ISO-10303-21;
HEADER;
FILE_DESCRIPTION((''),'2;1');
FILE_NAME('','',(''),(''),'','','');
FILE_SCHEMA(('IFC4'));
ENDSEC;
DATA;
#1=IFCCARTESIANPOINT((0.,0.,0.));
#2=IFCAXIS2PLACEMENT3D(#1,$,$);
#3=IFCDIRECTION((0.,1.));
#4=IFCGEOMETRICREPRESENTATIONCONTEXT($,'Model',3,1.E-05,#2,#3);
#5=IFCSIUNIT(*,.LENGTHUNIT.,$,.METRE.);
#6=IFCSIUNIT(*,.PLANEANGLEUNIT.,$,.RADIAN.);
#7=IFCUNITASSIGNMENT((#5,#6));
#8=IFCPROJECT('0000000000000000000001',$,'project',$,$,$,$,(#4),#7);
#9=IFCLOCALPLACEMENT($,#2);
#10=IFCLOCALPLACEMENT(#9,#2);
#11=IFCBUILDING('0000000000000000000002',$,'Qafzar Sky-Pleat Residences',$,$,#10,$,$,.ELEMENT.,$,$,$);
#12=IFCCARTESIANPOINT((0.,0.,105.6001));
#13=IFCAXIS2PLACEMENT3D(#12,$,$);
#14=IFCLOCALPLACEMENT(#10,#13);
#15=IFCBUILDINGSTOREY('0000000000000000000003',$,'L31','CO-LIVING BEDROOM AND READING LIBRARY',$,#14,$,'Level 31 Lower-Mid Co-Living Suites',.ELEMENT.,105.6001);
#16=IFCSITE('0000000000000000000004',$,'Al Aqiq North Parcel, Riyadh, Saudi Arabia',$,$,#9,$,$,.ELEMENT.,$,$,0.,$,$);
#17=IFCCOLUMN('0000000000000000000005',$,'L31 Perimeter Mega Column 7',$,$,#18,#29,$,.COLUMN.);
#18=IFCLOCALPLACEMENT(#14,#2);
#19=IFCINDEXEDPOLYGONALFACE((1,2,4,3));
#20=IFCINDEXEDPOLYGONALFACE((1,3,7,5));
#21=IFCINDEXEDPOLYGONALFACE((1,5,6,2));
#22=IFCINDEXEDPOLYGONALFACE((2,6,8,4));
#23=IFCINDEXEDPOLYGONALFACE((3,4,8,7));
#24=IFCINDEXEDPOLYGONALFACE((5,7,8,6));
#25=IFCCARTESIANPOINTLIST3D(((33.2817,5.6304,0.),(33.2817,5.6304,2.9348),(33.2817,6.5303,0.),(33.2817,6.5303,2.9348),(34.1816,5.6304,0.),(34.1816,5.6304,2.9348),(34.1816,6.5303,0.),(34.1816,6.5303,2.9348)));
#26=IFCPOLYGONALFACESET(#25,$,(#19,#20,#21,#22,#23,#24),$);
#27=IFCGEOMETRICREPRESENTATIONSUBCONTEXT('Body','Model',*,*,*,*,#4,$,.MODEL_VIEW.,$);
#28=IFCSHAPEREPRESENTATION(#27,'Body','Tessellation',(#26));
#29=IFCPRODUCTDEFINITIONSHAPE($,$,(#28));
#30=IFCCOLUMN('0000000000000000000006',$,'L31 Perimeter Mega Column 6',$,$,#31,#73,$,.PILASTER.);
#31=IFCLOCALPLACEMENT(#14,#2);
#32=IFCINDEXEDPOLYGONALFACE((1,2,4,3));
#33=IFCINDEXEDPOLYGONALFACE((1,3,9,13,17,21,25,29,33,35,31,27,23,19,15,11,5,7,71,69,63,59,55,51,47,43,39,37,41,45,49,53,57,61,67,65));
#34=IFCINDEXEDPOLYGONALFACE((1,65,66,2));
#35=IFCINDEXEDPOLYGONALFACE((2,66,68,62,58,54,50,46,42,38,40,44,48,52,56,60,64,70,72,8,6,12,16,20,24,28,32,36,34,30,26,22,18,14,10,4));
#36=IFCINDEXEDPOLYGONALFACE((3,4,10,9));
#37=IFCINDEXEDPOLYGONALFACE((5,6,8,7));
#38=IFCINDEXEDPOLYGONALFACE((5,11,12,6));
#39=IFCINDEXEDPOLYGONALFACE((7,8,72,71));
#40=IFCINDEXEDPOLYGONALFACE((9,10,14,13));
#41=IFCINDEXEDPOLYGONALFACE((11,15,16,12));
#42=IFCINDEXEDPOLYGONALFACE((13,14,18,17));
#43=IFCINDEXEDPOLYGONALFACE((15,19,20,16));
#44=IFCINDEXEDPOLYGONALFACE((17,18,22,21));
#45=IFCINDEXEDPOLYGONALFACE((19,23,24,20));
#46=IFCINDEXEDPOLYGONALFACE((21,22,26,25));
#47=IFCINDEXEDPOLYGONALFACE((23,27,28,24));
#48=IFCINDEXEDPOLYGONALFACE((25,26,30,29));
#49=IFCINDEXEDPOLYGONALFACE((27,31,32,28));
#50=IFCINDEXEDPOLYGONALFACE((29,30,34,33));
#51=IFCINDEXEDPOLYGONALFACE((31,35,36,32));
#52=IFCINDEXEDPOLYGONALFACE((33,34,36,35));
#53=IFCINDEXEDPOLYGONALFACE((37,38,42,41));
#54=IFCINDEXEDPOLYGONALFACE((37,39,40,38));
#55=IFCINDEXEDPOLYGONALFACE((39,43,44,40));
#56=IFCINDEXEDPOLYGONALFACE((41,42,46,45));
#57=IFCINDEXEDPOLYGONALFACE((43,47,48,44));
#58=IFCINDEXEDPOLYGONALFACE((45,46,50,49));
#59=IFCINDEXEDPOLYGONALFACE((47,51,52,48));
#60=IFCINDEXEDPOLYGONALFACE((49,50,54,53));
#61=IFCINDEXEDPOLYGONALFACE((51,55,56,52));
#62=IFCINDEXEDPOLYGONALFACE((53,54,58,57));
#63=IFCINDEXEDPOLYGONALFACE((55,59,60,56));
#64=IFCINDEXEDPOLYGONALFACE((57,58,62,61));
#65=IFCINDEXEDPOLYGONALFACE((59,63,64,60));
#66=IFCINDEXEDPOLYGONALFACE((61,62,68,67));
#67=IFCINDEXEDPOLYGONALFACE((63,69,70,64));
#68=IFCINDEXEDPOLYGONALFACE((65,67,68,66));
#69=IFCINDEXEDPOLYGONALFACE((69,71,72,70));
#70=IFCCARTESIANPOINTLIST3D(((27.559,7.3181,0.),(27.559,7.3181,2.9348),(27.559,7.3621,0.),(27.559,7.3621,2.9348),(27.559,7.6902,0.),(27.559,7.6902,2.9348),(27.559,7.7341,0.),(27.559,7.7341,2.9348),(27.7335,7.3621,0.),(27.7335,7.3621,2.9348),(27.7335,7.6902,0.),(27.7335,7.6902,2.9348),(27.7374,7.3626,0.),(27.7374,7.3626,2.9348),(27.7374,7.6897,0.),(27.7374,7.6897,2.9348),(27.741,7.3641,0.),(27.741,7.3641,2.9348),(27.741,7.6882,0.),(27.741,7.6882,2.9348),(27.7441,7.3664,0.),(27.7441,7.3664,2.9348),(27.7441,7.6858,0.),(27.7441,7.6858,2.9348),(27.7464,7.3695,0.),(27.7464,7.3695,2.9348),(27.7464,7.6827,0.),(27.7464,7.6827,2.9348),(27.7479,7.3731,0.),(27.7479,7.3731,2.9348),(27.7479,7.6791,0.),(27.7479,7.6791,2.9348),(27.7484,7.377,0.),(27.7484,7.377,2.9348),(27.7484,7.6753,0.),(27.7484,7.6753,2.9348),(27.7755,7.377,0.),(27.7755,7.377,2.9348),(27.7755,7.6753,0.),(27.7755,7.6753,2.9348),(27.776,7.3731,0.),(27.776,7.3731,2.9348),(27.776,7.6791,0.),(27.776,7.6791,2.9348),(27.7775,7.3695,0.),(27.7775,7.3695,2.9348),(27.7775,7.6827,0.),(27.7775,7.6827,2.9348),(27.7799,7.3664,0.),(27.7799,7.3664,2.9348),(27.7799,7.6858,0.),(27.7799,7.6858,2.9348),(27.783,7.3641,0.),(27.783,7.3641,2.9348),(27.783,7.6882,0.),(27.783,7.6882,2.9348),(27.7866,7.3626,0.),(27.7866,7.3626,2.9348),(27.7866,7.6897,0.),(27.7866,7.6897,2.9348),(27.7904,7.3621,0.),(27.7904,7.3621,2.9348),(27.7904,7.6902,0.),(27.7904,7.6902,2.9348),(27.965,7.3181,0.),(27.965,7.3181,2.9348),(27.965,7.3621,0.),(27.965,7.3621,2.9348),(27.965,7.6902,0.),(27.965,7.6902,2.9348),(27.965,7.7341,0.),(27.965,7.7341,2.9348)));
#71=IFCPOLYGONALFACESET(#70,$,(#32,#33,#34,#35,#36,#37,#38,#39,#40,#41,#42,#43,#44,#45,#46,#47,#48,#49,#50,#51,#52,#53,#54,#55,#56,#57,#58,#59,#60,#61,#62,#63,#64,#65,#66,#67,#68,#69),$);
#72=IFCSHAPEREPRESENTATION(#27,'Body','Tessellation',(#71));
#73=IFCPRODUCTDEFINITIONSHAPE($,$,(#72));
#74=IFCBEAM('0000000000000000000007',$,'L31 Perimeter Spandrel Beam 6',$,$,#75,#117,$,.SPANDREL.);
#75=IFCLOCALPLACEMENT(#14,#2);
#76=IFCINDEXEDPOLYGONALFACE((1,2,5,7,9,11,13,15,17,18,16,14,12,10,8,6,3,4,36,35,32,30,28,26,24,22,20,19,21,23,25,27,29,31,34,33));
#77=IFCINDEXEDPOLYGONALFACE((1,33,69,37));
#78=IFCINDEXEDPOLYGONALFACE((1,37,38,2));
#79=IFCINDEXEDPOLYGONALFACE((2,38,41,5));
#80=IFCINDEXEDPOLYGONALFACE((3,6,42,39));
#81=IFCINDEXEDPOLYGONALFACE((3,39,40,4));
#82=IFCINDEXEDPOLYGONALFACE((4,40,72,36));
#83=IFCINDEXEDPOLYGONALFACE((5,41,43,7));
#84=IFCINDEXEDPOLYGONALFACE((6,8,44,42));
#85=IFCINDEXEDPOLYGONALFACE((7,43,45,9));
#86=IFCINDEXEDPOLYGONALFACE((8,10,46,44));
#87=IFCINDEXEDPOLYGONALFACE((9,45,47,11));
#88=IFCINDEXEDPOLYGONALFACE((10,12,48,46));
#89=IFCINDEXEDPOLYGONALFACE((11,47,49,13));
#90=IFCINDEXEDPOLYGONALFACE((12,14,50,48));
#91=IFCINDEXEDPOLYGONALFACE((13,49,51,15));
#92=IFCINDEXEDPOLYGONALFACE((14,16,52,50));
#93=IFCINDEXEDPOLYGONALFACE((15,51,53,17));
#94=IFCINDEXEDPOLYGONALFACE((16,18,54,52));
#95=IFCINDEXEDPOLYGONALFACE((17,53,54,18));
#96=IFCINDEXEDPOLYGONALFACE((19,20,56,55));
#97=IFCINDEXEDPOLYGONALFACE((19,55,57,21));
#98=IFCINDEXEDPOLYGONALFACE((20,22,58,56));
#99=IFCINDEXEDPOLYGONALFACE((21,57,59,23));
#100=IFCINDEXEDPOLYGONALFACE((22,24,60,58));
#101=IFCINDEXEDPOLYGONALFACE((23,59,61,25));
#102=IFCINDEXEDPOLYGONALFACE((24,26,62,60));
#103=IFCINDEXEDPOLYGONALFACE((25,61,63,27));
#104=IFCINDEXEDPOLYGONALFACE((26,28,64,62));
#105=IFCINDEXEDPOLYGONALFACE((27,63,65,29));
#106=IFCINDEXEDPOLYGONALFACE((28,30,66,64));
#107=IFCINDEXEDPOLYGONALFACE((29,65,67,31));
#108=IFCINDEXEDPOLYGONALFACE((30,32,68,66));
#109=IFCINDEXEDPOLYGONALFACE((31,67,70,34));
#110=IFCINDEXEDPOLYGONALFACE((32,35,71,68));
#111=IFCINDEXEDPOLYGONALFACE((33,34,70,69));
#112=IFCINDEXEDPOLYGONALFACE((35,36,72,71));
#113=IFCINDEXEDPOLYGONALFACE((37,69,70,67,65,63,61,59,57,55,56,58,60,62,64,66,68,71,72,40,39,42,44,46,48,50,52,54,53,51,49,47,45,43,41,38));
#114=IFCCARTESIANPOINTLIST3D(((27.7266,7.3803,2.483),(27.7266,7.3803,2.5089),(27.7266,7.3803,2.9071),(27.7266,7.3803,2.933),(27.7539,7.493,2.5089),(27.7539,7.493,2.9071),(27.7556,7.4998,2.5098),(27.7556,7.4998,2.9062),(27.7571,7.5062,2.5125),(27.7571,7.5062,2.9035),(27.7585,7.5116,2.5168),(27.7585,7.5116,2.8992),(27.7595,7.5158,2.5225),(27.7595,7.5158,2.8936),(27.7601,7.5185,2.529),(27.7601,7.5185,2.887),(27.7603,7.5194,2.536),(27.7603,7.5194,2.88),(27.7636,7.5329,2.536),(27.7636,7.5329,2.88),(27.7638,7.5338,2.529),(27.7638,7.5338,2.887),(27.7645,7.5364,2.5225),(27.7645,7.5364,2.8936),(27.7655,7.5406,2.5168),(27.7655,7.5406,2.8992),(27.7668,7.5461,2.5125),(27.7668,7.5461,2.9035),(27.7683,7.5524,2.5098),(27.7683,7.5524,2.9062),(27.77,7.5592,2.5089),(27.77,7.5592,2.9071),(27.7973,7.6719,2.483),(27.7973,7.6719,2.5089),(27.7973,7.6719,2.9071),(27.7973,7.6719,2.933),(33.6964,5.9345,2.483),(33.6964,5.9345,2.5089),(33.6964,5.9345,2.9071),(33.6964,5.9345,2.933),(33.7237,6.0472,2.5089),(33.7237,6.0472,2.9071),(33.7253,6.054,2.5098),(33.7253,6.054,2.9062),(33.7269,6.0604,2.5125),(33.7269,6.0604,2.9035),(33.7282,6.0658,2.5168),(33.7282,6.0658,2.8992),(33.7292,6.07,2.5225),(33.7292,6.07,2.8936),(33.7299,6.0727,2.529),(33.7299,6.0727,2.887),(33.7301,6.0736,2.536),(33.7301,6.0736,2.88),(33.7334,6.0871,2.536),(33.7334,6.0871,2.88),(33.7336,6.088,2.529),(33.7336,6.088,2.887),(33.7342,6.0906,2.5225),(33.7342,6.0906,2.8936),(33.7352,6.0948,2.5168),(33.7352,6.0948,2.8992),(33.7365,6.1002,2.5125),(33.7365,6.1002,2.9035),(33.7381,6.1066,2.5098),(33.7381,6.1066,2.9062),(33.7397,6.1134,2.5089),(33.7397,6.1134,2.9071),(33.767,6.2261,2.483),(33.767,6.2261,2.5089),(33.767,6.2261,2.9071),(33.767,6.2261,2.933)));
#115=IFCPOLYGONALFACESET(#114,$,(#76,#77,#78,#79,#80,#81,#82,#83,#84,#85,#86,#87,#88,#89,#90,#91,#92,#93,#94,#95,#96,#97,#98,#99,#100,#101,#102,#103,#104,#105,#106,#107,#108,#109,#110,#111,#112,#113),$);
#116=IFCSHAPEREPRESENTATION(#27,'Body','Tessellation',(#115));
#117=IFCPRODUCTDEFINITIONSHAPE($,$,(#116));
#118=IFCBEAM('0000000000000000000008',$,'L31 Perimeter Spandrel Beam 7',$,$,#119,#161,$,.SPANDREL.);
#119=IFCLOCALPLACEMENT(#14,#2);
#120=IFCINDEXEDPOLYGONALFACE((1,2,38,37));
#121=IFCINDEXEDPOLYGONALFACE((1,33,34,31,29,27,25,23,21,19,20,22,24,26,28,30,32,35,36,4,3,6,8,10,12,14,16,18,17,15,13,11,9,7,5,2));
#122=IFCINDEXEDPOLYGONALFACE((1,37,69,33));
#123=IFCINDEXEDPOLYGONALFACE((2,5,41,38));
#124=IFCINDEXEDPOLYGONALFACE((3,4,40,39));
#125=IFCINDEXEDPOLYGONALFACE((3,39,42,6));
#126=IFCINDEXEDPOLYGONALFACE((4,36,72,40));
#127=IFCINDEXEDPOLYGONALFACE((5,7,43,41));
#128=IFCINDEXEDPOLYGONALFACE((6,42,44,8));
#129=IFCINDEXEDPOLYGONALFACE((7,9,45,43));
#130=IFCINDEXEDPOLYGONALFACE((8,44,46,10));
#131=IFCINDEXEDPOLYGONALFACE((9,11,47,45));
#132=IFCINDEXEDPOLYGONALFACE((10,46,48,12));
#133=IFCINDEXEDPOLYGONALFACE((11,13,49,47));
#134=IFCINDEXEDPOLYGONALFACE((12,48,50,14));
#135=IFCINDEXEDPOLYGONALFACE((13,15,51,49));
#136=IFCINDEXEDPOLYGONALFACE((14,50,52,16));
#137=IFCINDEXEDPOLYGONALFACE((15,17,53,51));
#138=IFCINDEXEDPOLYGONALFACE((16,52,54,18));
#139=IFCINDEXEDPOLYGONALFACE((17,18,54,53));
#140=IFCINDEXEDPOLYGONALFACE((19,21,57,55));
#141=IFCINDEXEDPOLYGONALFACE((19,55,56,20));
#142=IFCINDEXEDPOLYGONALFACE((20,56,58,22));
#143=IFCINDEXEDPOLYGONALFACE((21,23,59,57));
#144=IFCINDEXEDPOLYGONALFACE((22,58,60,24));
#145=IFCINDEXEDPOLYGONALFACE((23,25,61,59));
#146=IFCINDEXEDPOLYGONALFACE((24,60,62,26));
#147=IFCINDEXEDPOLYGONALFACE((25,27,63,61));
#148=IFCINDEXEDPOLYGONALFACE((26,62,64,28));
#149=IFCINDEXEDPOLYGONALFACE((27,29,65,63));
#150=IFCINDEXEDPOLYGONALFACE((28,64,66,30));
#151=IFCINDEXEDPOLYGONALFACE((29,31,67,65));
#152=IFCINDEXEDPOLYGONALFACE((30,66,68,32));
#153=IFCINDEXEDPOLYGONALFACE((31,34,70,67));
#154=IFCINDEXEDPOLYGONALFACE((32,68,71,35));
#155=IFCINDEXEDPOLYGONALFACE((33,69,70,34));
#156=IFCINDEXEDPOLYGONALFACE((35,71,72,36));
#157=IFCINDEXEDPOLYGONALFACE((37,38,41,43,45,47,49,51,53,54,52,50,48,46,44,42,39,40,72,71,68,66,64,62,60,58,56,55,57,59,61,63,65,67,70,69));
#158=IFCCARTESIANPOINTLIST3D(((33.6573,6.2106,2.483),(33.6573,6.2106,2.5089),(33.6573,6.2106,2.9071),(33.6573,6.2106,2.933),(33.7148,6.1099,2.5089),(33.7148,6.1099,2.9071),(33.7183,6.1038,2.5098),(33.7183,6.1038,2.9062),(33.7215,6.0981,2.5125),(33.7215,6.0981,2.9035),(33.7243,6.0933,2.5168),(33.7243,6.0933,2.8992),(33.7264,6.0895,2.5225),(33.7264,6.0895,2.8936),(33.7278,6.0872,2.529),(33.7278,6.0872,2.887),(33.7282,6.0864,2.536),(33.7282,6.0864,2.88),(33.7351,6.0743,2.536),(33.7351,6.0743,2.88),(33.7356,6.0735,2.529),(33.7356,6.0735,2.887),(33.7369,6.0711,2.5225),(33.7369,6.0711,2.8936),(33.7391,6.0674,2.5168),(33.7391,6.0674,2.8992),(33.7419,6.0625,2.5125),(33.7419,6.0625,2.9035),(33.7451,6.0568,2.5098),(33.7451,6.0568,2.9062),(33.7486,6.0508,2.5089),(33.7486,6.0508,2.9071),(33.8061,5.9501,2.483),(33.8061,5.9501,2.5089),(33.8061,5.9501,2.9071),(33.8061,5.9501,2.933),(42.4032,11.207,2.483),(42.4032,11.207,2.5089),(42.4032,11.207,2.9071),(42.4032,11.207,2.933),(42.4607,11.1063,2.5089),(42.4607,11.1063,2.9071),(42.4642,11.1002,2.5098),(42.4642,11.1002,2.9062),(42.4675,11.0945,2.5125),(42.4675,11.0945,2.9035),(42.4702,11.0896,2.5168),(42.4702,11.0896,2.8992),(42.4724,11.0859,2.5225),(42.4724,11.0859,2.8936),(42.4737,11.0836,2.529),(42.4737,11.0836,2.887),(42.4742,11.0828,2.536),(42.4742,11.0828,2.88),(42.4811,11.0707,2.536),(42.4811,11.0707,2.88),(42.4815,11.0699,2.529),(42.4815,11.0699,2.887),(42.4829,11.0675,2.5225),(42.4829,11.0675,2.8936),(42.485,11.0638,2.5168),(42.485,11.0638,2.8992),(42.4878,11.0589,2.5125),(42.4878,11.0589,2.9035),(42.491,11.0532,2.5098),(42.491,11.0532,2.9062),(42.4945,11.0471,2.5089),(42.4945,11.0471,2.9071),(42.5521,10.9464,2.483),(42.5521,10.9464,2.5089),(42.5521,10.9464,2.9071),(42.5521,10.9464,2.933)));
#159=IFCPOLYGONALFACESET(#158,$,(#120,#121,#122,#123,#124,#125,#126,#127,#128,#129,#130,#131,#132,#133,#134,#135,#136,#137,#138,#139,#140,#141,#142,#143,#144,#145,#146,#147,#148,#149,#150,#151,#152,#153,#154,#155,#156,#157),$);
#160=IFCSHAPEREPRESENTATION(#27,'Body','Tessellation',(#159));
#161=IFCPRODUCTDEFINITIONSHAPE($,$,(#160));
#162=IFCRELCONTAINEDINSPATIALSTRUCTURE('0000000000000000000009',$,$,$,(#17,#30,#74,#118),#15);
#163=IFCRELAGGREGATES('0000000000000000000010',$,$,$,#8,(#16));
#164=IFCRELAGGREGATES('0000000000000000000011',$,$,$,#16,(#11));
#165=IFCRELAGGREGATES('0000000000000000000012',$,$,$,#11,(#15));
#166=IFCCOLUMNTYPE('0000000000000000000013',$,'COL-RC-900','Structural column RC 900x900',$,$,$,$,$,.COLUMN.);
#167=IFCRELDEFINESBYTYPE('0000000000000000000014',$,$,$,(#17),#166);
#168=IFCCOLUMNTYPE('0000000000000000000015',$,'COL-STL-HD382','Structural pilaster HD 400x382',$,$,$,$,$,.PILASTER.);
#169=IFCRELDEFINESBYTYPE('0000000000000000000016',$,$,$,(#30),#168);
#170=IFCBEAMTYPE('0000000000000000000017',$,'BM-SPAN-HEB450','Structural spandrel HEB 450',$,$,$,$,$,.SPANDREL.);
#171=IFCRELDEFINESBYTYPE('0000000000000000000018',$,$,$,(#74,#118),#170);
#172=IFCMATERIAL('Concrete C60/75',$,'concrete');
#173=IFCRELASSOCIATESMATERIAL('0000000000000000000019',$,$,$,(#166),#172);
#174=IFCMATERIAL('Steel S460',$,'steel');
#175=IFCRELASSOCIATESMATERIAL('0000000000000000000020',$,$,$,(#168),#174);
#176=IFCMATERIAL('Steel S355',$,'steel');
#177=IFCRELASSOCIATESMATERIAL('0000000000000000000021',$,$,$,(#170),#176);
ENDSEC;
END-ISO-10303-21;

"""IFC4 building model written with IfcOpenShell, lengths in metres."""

from ifc_helpers import new_model, si_unit, direction, frame, origin, origin_2d, place, context, subcontext, project, spatial, rectangle, i_section, extrude, source, transform, mapped, material, material_profile, profile_set, type_object, element, save


model = new_model("IFC4")

# Units and contexts
model_context = context("Model", 3, precision=1e-05, world=origin(), true_north=direction((0.0, 1.0)))
body_context = subcontext(model_context, "Body", "Model", "MODEL_VIEW")
ifc_project = project(units=[si_unit("LENGTHUNIT", "METRE"), si_unit("PLANEANGLEUNIT", "RADIAN")], contexts=[model_context])

# Site, building, storey
site_placement = place(None, origin())
site = spatial("IfcSite", under=ifc_project, at=site_placement, Name="Al Aqiq North Parcel, Riyadh, Saudi Arabia", CompositionType="ELEMENT", RefElevation=0.0)
building_placement = place(site_placement, origin())
building = spatial("IfcBuilding", under=site, at=building_placement, Name="Qafzar Sky-Pleat Residences", CompositionType="ELEMENT")
storey_placement = place(building_placement, frame((0.0, 0.0, 105.6001)))
storey = spatial("IfcBuildingStorey", under=building, at=storey_placement, Name="L31", Description="CO-LIVING BEDROOM AND READING LIBRARY", LongName="Level 31 Lower-Mid Co-Living Suites", CompositionType="ELEMENT", Elevation=105.6001)

# Columns
ifc_material_1 = material(Name="Concrete C60/75", Category="concrete")
ifc_material_profile_1 = material_profile(ifc_material_1, rectangle(XDim=0.8999, YDim=0.8999, at=origin_2d()), Name="RC 900x900")
ifc_profile_set_1 = profile_set([ifc_material_profile_1], Name="Concrete C60/75")
column_type_1 = type_object("IfcColumnType", Name="COL-RC-900", Description="Structural column RC 900x900", PredefinedType="COLUMN", material=ifc_profile_set_1)
shared_shape_1 = source(origin(), body_context, "Body", "SweptSolid", [
    extrude(rectangle(XDim=0.8999, YDim=0.8999, at=origin_2d()), origin(), (0.0, 0.0, 1.0), 2.9348),
])
column_1_placement = place(storey_placement, frame((33.7317, 6.0803, 0.0), z_axis=(0.0, 0.0, 1.0), x_axis=(1.0, 0.0, 0.0)))
element("IfcColumn", 1, at=column_1_placement, inside=storey, type_object=column_type_1, Name="L31 Perimeter Mega Column 7", PredefinedType="COLUMN", context=body_context, shape_type="MappedRepresentation", body=[
    mapped(shared_shape_1, transform((0.0, 0.0, 0.0), x_axis=(1.0, 0.0, 0.0), y_axis=(0.0, 1.0, 0.0), z_axis=(0.0, 0.0, 1.0), scale=1.0)),
])
ifc_material_2 = material(Name="Steel S460", Category="steel")
ifc_material_profile_2 = material_profile(ifc_material_2, i_section(OverallWidth=0.406, OverallDepth=0.416, WebThickness=0.0271, FlangeThickness=0.0439, FilletRadius=0.0149, at=origin_2d()), Name="HD 400x382")
ifc_profile_set_2 = profile_set([ifc_material_profile_2], Name="Steel S460")
column_type_2 = type_object("IfcColumnType", Name="COL-STL-HD382", Description="Structural pilaster HD 400x382", PredefinedType="PILASTER", material=ifc_profile_set_2)
shared_shape_2 = source(origin(), body_context, "Body", "SweptSolid", [
    extrude(i_section(OverallWidth=0.406, OverallDepth=0.416, WebThickness=0.0271, FlangeThickness=0.0439, FilletRadius=0.0149, at=origin_2d()), origin(), (0.0, 0.0, 1.0), 2.9348),
])
column_2_placement = place(storey_placement, frame((27.762, 7.5261, 0.0), z_axis=(0.0, 0.0, 1.0), x_axis=(1.0, 0.0, 0.0)))
element("IfcColumn", 2, at=column_2_placement, inside=storey, type_object=column_type_2, Name="L31 Perimeter Mega Column 6", PredefinedType="PILASTER", context=body_context, shape_type="MappedRepresentation", body=[
    mapped(shared_shape_2, transform((0.0, 0.0, 0.0), x_axis=(1.0, 0.0, 0.0), y_axis=(0.0, 1.0, 0.0), z_axis=(0.0, 0.0, 1.0), scale=1.0)),
])

# Beams
ifc_material_3 = material(Name="Steel S355", Category="steel")
ifc_material_profile_3 = material_profile(ifc_material_3, i_section(OverallWidth=0.3, OverallDepth=0.45, WebThickness=0.0139, FlangeThickness=0.0259, FilletRadius=0.0271, at=origin_2d()), Name="HEB 450")
ifc_profile_set_3 = profile_set([ifc_material_profile_3], Name="Steel S355")
beam_type_1 = type_object("IfcBeamType", Name="BM-SPAN-HEB450", Description="Structural spandrel HEB 450", PredefinedType="SPANDREL", material=ifc_profile_set_3)
shared_shape_3 = source(origin(), body_context, "Body", "SweptSolid", [
    extrude(i_section(OverallWidth=0.3, OverallDepth=0.45, WebThickness=0.0139, FlangeThickness=0.0259, FilletRadius=0.0271, at=origin_2d()), origin(), (0.0, 0.0, 1.0), 6.1423),
])
beam_1_placement = place(storey_placement, frame((27.762, 7.5261, 2.708), z_axis=(0.971902, -0.235384, 0.0), x_axis=(0.235384, 0.971902, 0.0)))
element("IfcBeam", 3, at=beam_1_placement, inside=storey, type_object=beam_type_1, Name="L31 Perimeter Spandrel Beam 6", PredefinedType="SPANDREL", context=body_context, shape_type="MappedRepresentation", body=[
    mapped(shared_shape_3, transform((0.0, 0.0, 0.0), x_axis=(1.0, 0.0, 0.0), y_axis=(0.0, 1.0, 0.0), z_axis=(0.0, 0.0, 1.0), scale=1.0)),
])
shared_shape_4 = source(origin(), body_context, "Body", "SweptSolid", [
    extrude(i_section(OverallWidth=0.3, OverallDepth=0.45, WebThickness=0.0139, FlangeThickness=0.0259, FilletRadius=0.0271, at=origin_2d()), origin(), (0.0, 0.0, 1.0), 10.0725),
])
beam_2_placement = place(storey_placement, frame((33.7317, 6.0803, 2.708), z_axis=(0.868298, 0.496042, 0.0), x_axis=(-0.496042, 0.868298, 0.0)))
element("IfcBeam", 4, at=beam_2_placement, inside=storey, type_object=beam_type_1, Name="L31 Perimeter Spandrel Beam 7", PredefinedType="SPANDREL", context=body_context, shape_type="MappedRepresentation", body=[
    mapped(shared_shape_4, transform((0.0, 0.0, 0.0), x_axis=(1.0, 0.0, 0.0), y_axis=(0.0, 1.0, 0.0), z_axis=(0.0, 0.0, 1.0), scale=1.0)),
])

save(model, "model.ifc")
